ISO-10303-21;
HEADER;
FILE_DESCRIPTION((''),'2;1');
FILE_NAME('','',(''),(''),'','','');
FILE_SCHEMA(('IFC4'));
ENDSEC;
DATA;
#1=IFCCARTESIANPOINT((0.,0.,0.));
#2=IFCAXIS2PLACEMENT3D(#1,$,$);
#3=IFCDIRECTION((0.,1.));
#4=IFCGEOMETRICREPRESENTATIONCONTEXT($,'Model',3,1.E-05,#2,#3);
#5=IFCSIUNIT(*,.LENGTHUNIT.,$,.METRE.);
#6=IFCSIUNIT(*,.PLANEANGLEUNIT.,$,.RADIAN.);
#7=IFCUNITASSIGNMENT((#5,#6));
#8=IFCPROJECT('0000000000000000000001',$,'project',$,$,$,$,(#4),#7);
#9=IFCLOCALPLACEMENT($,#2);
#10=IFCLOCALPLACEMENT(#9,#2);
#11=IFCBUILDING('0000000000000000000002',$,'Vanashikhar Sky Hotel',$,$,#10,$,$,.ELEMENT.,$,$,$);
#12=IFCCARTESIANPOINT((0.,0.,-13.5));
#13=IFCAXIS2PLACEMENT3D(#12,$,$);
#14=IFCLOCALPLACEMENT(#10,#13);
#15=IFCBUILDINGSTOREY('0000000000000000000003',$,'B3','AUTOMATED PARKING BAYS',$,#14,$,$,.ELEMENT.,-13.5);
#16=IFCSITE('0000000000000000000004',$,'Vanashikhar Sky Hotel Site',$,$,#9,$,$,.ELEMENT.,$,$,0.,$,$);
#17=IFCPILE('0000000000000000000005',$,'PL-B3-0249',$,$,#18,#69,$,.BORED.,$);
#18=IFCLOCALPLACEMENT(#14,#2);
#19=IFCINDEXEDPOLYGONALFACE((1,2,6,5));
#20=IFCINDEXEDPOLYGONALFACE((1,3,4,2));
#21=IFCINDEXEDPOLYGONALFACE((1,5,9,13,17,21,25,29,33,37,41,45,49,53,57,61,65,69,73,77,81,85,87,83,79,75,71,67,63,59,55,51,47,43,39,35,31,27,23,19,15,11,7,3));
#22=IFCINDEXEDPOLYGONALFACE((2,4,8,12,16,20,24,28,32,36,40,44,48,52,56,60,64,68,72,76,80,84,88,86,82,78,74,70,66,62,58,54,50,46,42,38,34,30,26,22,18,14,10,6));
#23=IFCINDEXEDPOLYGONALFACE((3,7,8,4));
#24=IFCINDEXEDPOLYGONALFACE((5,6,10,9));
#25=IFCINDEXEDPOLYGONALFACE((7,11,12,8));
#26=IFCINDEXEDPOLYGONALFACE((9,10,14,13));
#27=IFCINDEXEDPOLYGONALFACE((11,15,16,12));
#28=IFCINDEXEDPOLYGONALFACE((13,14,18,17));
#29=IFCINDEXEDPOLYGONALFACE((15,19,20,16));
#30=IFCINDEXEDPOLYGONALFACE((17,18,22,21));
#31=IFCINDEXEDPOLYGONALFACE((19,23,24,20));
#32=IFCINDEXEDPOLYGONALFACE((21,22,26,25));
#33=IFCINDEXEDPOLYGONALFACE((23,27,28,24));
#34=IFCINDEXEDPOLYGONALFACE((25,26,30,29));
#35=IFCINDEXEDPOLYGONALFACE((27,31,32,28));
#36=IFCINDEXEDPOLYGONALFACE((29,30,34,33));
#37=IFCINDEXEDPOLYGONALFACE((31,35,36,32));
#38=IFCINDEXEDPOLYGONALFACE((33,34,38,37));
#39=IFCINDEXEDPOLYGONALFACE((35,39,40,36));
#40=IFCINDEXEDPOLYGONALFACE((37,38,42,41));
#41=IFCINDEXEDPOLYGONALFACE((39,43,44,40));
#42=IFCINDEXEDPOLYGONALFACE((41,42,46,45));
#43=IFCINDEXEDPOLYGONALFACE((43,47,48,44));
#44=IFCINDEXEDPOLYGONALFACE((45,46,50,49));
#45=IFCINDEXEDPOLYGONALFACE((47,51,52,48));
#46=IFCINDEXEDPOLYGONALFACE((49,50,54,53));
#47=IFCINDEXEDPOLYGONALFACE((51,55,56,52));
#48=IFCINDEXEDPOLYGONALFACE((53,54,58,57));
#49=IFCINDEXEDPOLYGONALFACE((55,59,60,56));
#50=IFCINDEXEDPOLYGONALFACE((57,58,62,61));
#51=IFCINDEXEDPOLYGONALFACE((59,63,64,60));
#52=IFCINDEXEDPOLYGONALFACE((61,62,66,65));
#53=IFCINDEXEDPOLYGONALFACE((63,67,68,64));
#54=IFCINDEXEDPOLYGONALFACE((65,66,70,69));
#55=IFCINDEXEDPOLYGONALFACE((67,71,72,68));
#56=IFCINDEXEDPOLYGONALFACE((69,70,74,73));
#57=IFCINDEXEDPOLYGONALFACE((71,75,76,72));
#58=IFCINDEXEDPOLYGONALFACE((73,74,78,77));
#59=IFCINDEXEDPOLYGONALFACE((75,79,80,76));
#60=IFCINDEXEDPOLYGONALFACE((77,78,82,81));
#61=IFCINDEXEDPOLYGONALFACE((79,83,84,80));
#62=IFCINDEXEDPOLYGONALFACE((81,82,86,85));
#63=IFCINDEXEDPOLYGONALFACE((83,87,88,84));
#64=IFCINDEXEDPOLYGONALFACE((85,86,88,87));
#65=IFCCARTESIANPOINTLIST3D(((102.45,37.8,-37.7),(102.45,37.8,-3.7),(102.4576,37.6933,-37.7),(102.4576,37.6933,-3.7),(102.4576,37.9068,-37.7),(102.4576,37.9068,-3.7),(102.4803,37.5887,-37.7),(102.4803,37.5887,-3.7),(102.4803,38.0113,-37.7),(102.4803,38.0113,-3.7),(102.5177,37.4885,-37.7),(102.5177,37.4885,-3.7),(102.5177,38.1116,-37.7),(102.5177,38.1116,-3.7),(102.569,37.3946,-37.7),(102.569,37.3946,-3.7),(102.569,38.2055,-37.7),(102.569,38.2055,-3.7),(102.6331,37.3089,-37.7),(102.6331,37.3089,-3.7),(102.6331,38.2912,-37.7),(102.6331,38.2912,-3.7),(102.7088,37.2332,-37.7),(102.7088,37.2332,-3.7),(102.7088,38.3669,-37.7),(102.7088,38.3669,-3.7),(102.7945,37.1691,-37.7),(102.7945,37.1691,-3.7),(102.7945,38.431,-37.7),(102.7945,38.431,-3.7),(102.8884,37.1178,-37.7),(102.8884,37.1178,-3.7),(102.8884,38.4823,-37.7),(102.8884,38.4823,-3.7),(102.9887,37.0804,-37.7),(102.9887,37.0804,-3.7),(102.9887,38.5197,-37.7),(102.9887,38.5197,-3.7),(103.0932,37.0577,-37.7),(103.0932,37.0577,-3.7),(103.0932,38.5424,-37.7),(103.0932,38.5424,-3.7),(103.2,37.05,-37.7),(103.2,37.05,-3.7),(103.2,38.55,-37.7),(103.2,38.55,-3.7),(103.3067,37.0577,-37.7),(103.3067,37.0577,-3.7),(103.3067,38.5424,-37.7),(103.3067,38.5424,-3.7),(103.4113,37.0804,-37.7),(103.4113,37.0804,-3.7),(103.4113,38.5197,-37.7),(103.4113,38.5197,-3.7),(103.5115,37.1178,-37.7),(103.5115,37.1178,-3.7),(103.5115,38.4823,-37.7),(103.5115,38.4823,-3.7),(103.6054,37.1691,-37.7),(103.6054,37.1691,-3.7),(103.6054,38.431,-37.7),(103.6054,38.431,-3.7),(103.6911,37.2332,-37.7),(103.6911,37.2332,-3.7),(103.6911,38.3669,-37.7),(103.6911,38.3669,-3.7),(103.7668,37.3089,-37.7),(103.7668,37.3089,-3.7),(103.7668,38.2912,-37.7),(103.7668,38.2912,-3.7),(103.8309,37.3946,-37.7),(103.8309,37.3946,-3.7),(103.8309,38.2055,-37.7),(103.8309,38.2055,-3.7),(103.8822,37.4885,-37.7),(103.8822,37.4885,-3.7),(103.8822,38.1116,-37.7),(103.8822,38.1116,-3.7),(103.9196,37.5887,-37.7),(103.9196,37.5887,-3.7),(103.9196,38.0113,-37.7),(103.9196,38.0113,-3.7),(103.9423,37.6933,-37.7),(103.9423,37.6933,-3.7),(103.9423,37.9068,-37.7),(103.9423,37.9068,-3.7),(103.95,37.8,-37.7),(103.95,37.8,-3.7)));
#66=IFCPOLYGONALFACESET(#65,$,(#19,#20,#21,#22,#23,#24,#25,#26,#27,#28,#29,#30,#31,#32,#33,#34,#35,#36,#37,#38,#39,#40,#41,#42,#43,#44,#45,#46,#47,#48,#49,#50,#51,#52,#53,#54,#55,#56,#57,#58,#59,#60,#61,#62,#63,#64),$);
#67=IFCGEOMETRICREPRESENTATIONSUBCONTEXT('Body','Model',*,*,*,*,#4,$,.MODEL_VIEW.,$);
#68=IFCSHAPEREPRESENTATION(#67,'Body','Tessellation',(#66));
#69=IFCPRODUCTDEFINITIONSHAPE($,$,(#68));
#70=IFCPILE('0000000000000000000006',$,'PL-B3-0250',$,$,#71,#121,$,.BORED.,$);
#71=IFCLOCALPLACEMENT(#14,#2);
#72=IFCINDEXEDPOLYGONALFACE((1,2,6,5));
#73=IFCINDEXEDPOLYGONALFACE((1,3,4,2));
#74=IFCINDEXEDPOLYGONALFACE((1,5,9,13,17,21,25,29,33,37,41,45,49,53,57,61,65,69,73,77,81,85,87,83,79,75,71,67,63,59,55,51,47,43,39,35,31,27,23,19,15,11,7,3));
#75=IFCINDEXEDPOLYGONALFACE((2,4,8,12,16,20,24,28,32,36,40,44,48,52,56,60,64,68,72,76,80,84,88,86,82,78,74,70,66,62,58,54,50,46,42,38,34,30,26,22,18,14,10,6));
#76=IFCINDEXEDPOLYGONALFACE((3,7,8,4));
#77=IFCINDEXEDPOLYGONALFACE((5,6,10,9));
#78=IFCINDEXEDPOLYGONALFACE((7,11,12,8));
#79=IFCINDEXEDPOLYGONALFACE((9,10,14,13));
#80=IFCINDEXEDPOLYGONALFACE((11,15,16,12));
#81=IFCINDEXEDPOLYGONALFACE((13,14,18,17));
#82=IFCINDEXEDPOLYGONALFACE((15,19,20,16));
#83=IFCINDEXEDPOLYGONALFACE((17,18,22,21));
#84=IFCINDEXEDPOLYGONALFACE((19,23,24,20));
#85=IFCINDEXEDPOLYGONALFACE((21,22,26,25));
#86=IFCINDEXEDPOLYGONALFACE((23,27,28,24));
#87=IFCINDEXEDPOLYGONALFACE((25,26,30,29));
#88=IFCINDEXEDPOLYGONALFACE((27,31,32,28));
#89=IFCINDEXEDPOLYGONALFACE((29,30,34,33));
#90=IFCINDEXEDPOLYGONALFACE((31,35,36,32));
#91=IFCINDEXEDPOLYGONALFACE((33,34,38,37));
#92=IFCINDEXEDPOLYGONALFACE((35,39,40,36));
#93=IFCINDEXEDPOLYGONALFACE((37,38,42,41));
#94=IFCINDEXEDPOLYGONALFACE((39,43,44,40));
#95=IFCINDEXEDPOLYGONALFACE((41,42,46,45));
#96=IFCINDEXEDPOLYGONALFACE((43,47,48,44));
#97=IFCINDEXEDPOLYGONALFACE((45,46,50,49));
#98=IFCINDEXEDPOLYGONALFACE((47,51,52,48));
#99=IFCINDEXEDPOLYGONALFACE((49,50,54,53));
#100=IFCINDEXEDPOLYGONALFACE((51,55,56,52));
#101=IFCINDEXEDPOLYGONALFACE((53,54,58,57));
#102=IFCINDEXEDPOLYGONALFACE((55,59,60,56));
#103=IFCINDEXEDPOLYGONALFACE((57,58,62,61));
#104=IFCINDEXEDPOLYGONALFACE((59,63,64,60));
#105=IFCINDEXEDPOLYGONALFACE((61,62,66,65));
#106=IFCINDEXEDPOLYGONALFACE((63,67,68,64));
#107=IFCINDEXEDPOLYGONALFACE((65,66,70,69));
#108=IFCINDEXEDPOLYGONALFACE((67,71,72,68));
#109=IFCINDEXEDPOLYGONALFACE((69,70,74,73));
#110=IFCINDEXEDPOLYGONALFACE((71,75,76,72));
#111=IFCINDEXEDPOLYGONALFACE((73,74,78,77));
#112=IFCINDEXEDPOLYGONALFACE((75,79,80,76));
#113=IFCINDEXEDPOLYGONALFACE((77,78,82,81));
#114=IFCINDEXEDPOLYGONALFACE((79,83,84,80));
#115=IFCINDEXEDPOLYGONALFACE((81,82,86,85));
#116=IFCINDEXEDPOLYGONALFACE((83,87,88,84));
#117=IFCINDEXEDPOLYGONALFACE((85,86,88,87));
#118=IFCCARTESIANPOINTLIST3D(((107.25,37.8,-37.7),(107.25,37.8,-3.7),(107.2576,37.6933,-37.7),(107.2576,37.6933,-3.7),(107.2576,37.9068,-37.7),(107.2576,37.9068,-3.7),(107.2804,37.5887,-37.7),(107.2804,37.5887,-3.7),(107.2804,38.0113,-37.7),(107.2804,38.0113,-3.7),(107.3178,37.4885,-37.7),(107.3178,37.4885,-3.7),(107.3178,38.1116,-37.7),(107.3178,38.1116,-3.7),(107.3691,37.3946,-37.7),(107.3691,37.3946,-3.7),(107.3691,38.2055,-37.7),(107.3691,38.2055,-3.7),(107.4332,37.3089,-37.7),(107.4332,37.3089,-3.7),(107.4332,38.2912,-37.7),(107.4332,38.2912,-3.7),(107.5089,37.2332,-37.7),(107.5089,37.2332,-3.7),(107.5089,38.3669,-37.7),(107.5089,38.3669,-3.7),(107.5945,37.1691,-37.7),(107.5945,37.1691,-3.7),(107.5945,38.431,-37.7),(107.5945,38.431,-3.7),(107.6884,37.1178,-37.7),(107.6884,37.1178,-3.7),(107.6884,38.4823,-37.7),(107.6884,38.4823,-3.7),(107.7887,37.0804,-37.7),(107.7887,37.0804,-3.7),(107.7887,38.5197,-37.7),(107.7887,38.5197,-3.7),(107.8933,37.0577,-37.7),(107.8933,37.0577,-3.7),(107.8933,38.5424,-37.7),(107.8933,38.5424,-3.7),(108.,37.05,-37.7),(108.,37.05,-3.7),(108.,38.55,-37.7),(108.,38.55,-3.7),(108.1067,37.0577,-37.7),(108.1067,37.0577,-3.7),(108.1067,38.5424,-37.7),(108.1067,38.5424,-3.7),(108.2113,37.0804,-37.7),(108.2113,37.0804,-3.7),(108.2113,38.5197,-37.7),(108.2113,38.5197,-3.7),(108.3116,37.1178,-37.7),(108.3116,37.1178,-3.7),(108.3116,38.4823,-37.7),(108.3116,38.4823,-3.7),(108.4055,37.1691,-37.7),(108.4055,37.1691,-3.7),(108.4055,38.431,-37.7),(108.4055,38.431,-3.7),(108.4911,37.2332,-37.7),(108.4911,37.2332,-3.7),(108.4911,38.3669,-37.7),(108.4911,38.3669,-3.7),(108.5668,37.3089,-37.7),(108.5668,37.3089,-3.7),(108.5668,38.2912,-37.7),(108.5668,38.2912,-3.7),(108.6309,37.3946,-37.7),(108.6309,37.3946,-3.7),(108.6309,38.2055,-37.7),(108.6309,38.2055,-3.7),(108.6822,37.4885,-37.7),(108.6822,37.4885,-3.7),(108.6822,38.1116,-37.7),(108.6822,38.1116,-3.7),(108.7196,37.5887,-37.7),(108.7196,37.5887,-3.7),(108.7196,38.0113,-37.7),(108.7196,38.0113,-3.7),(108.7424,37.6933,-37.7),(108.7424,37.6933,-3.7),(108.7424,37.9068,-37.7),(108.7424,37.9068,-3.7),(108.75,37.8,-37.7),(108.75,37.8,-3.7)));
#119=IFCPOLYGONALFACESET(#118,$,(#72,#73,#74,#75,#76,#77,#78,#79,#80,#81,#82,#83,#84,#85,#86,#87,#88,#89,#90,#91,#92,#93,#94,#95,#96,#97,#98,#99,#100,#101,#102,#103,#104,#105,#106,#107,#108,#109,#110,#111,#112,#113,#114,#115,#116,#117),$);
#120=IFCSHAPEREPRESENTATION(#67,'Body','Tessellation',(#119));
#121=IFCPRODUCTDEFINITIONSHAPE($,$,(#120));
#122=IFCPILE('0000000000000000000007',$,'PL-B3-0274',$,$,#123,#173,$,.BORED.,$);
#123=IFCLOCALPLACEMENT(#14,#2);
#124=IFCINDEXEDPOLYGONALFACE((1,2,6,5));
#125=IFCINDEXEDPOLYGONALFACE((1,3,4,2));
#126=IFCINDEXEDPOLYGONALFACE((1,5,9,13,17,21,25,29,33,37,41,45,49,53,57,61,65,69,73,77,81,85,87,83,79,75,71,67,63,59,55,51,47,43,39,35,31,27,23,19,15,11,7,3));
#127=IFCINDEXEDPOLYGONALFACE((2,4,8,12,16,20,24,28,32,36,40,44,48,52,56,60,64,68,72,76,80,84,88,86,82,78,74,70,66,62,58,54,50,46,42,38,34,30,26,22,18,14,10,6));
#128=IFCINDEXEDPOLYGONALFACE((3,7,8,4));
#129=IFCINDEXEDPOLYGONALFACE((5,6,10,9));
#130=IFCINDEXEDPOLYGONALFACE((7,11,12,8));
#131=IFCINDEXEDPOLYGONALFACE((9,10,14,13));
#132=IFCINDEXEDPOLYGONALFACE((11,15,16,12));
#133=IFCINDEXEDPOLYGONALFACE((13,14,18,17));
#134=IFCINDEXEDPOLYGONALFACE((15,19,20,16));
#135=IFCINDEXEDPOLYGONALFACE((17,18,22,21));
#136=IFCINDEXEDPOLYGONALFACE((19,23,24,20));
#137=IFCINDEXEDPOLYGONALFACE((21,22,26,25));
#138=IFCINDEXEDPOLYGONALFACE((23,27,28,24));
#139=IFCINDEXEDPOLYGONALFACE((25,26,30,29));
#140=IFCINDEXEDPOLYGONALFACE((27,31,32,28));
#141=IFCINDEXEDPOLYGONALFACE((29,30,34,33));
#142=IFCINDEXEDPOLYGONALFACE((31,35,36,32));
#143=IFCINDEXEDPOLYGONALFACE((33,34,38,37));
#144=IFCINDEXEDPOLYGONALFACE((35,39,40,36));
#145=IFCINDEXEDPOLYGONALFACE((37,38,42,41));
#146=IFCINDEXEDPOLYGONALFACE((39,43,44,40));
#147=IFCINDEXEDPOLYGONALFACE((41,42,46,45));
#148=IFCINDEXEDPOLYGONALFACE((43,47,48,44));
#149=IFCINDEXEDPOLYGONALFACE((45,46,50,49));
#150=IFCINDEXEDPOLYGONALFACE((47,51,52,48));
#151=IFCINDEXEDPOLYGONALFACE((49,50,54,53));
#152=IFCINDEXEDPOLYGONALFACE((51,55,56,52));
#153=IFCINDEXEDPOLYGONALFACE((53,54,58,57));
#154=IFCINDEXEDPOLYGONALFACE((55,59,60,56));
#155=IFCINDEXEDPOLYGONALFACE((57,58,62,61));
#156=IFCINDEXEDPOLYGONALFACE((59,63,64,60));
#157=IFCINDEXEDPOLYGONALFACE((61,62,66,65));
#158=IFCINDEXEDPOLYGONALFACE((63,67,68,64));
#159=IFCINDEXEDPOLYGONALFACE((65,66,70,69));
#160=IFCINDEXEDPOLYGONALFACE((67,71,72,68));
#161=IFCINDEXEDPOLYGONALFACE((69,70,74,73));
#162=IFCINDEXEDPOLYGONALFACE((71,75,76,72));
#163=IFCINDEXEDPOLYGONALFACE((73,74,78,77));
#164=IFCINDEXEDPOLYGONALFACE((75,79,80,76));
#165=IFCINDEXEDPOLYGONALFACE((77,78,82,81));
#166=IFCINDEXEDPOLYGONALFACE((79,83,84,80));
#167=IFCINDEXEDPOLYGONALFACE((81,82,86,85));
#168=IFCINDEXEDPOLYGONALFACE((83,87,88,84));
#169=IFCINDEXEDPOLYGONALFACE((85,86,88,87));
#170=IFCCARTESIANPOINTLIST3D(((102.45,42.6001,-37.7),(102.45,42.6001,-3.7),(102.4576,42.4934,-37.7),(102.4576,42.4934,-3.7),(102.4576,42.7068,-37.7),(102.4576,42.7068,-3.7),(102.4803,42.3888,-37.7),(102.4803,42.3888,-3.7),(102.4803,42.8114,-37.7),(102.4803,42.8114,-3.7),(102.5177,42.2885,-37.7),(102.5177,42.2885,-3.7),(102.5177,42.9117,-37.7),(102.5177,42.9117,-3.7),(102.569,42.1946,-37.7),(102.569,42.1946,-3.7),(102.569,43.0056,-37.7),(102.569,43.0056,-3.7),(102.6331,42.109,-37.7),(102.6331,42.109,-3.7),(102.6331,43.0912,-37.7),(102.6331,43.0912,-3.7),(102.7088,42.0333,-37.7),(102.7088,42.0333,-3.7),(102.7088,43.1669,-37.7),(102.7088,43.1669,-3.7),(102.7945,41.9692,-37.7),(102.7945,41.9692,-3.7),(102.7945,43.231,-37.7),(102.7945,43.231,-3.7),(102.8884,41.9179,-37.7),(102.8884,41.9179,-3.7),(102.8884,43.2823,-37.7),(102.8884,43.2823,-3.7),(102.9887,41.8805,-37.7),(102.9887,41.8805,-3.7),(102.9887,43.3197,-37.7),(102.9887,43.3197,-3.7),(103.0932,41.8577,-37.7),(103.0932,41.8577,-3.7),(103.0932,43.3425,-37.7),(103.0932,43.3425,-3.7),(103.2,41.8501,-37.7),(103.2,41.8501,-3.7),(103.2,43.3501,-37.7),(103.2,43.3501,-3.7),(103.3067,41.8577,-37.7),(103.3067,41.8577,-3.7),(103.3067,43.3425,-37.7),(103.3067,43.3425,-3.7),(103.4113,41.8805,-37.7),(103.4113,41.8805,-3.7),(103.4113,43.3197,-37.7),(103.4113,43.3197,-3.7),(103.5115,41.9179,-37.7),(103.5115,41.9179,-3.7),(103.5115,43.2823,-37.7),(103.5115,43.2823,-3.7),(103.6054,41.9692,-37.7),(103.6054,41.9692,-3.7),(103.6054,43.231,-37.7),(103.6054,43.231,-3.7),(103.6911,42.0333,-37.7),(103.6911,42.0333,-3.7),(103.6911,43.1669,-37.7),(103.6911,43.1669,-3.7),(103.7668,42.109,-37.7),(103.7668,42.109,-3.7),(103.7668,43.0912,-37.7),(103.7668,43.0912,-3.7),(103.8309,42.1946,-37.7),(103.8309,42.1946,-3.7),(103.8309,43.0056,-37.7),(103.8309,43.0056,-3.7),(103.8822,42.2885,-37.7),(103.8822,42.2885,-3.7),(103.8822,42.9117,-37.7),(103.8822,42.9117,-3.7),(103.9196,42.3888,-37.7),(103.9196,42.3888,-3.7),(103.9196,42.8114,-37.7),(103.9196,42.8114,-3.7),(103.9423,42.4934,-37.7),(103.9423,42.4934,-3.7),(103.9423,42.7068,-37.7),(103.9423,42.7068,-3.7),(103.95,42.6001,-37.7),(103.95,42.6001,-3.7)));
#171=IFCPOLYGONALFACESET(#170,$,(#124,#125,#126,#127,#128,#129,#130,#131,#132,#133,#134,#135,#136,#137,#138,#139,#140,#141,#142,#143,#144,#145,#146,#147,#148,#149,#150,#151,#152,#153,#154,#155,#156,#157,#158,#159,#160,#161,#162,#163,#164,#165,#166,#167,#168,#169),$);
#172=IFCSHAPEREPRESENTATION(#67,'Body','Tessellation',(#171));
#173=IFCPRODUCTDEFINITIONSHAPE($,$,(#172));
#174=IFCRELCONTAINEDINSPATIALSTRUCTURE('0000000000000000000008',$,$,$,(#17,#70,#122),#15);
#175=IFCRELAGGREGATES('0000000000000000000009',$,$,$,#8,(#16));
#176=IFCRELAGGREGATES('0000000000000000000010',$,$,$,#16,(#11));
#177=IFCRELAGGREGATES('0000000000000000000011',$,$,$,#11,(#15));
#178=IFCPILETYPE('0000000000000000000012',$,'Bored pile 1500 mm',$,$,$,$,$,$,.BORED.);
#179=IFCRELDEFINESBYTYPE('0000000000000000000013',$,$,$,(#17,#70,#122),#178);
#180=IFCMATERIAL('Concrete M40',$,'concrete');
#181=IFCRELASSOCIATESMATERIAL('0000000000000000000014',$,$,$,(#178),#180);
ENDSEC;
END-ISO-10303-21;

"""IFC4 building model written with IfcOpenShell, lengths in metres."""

from ifc_helpers import new_model, si_unit, direction, frame, origin, origin_2d, place, context, subcontext, project, spatial, circle, extrude, source, transform, mapped, material, type_object, element, save


model = new_model("IFC4")

# Units and contexts
model_context = context("Model", 3, precision=1e-05, world=origin(), true_north=direction((0.0, 1.0)))
body_context = subcontext(model_context, "Body", "Model", "MODEL_VIEW")
ifc_project = project(units=[si_unit("LENGTHUNIT", "METRE"), si_unit("PLANEANGLEUNIT", "RADIAN")], contexts=[model_context])

# Site, building, storey
site_placement = place(None, origin())
site = spatial("IfcSite", under=ifc_project, at=site_placement, Name="Vanashikhar Sky Hotel Site", CompositionType="ELEMENT", RefElevation=0.0)
building_placement = place(site_placement, origin())
building = spatial("IfcBuilding", under=site, at=building_placement, Name="Vanashikhar Sky Hotel", CompositionType="ELEMENT")
storey_placement = place(building_placement, frame((0.0, 0.0, -13.5)))
storey = spatial("IfcBuildingStorey", under=building, at=storey_placement, Name="B3", Description="AUTOMATED PARKING BAYS", CompositionType="ELEMENT", Elevation=-13.5)

# Piles
ifc_material_1 = material(Name="Concrete M40", Category="concrete")
pile_type_1 = type_object("IfcPileType", Name="Bored pile 1500 mm", PredefinedType="BORED", material=ifc_material_1)
shared_shape_1 = source(origin(), body_context, "Body", "SweptSolid", [
    extrude(circle(Radius=0.75, at=origin_2d()), origin(), (0.0, 0.0, 1.0), 34.0),
])
for number, where, z_axis, x_axis, name in (
    (1, (103.2, 37.8, -3.7), (0.0, 0.0, -1.0), (1.0, 0.0, 0.0), "PL-B3-0249"),
    (2, (108.0, 37.8, -3.7), (0.0, 0.0, -1.0), (1.0, 0.0, 0.0), "PL-B3-0250"),
    (3, (103.2, 42.6001, -3.7), (0.0, 0.0, -1.0), (1.0, 0.0, 0.0), "PL-B3-0274"),
):
    element("IfcPile", number, at=place(storey_placement, frame(where, z_axis=z_axis, x_axis=x_axis)), inside=storey, type_object=pile_type_1, Name=name, PredefinedType="BORED", context=body_context, shape_type="MappedRepresentation", body=[
        mapped(shared_shape_1, transform((0.0, 0.0, 0.0), scale=1.0)),
    ])

save(model, "model.ifc")
